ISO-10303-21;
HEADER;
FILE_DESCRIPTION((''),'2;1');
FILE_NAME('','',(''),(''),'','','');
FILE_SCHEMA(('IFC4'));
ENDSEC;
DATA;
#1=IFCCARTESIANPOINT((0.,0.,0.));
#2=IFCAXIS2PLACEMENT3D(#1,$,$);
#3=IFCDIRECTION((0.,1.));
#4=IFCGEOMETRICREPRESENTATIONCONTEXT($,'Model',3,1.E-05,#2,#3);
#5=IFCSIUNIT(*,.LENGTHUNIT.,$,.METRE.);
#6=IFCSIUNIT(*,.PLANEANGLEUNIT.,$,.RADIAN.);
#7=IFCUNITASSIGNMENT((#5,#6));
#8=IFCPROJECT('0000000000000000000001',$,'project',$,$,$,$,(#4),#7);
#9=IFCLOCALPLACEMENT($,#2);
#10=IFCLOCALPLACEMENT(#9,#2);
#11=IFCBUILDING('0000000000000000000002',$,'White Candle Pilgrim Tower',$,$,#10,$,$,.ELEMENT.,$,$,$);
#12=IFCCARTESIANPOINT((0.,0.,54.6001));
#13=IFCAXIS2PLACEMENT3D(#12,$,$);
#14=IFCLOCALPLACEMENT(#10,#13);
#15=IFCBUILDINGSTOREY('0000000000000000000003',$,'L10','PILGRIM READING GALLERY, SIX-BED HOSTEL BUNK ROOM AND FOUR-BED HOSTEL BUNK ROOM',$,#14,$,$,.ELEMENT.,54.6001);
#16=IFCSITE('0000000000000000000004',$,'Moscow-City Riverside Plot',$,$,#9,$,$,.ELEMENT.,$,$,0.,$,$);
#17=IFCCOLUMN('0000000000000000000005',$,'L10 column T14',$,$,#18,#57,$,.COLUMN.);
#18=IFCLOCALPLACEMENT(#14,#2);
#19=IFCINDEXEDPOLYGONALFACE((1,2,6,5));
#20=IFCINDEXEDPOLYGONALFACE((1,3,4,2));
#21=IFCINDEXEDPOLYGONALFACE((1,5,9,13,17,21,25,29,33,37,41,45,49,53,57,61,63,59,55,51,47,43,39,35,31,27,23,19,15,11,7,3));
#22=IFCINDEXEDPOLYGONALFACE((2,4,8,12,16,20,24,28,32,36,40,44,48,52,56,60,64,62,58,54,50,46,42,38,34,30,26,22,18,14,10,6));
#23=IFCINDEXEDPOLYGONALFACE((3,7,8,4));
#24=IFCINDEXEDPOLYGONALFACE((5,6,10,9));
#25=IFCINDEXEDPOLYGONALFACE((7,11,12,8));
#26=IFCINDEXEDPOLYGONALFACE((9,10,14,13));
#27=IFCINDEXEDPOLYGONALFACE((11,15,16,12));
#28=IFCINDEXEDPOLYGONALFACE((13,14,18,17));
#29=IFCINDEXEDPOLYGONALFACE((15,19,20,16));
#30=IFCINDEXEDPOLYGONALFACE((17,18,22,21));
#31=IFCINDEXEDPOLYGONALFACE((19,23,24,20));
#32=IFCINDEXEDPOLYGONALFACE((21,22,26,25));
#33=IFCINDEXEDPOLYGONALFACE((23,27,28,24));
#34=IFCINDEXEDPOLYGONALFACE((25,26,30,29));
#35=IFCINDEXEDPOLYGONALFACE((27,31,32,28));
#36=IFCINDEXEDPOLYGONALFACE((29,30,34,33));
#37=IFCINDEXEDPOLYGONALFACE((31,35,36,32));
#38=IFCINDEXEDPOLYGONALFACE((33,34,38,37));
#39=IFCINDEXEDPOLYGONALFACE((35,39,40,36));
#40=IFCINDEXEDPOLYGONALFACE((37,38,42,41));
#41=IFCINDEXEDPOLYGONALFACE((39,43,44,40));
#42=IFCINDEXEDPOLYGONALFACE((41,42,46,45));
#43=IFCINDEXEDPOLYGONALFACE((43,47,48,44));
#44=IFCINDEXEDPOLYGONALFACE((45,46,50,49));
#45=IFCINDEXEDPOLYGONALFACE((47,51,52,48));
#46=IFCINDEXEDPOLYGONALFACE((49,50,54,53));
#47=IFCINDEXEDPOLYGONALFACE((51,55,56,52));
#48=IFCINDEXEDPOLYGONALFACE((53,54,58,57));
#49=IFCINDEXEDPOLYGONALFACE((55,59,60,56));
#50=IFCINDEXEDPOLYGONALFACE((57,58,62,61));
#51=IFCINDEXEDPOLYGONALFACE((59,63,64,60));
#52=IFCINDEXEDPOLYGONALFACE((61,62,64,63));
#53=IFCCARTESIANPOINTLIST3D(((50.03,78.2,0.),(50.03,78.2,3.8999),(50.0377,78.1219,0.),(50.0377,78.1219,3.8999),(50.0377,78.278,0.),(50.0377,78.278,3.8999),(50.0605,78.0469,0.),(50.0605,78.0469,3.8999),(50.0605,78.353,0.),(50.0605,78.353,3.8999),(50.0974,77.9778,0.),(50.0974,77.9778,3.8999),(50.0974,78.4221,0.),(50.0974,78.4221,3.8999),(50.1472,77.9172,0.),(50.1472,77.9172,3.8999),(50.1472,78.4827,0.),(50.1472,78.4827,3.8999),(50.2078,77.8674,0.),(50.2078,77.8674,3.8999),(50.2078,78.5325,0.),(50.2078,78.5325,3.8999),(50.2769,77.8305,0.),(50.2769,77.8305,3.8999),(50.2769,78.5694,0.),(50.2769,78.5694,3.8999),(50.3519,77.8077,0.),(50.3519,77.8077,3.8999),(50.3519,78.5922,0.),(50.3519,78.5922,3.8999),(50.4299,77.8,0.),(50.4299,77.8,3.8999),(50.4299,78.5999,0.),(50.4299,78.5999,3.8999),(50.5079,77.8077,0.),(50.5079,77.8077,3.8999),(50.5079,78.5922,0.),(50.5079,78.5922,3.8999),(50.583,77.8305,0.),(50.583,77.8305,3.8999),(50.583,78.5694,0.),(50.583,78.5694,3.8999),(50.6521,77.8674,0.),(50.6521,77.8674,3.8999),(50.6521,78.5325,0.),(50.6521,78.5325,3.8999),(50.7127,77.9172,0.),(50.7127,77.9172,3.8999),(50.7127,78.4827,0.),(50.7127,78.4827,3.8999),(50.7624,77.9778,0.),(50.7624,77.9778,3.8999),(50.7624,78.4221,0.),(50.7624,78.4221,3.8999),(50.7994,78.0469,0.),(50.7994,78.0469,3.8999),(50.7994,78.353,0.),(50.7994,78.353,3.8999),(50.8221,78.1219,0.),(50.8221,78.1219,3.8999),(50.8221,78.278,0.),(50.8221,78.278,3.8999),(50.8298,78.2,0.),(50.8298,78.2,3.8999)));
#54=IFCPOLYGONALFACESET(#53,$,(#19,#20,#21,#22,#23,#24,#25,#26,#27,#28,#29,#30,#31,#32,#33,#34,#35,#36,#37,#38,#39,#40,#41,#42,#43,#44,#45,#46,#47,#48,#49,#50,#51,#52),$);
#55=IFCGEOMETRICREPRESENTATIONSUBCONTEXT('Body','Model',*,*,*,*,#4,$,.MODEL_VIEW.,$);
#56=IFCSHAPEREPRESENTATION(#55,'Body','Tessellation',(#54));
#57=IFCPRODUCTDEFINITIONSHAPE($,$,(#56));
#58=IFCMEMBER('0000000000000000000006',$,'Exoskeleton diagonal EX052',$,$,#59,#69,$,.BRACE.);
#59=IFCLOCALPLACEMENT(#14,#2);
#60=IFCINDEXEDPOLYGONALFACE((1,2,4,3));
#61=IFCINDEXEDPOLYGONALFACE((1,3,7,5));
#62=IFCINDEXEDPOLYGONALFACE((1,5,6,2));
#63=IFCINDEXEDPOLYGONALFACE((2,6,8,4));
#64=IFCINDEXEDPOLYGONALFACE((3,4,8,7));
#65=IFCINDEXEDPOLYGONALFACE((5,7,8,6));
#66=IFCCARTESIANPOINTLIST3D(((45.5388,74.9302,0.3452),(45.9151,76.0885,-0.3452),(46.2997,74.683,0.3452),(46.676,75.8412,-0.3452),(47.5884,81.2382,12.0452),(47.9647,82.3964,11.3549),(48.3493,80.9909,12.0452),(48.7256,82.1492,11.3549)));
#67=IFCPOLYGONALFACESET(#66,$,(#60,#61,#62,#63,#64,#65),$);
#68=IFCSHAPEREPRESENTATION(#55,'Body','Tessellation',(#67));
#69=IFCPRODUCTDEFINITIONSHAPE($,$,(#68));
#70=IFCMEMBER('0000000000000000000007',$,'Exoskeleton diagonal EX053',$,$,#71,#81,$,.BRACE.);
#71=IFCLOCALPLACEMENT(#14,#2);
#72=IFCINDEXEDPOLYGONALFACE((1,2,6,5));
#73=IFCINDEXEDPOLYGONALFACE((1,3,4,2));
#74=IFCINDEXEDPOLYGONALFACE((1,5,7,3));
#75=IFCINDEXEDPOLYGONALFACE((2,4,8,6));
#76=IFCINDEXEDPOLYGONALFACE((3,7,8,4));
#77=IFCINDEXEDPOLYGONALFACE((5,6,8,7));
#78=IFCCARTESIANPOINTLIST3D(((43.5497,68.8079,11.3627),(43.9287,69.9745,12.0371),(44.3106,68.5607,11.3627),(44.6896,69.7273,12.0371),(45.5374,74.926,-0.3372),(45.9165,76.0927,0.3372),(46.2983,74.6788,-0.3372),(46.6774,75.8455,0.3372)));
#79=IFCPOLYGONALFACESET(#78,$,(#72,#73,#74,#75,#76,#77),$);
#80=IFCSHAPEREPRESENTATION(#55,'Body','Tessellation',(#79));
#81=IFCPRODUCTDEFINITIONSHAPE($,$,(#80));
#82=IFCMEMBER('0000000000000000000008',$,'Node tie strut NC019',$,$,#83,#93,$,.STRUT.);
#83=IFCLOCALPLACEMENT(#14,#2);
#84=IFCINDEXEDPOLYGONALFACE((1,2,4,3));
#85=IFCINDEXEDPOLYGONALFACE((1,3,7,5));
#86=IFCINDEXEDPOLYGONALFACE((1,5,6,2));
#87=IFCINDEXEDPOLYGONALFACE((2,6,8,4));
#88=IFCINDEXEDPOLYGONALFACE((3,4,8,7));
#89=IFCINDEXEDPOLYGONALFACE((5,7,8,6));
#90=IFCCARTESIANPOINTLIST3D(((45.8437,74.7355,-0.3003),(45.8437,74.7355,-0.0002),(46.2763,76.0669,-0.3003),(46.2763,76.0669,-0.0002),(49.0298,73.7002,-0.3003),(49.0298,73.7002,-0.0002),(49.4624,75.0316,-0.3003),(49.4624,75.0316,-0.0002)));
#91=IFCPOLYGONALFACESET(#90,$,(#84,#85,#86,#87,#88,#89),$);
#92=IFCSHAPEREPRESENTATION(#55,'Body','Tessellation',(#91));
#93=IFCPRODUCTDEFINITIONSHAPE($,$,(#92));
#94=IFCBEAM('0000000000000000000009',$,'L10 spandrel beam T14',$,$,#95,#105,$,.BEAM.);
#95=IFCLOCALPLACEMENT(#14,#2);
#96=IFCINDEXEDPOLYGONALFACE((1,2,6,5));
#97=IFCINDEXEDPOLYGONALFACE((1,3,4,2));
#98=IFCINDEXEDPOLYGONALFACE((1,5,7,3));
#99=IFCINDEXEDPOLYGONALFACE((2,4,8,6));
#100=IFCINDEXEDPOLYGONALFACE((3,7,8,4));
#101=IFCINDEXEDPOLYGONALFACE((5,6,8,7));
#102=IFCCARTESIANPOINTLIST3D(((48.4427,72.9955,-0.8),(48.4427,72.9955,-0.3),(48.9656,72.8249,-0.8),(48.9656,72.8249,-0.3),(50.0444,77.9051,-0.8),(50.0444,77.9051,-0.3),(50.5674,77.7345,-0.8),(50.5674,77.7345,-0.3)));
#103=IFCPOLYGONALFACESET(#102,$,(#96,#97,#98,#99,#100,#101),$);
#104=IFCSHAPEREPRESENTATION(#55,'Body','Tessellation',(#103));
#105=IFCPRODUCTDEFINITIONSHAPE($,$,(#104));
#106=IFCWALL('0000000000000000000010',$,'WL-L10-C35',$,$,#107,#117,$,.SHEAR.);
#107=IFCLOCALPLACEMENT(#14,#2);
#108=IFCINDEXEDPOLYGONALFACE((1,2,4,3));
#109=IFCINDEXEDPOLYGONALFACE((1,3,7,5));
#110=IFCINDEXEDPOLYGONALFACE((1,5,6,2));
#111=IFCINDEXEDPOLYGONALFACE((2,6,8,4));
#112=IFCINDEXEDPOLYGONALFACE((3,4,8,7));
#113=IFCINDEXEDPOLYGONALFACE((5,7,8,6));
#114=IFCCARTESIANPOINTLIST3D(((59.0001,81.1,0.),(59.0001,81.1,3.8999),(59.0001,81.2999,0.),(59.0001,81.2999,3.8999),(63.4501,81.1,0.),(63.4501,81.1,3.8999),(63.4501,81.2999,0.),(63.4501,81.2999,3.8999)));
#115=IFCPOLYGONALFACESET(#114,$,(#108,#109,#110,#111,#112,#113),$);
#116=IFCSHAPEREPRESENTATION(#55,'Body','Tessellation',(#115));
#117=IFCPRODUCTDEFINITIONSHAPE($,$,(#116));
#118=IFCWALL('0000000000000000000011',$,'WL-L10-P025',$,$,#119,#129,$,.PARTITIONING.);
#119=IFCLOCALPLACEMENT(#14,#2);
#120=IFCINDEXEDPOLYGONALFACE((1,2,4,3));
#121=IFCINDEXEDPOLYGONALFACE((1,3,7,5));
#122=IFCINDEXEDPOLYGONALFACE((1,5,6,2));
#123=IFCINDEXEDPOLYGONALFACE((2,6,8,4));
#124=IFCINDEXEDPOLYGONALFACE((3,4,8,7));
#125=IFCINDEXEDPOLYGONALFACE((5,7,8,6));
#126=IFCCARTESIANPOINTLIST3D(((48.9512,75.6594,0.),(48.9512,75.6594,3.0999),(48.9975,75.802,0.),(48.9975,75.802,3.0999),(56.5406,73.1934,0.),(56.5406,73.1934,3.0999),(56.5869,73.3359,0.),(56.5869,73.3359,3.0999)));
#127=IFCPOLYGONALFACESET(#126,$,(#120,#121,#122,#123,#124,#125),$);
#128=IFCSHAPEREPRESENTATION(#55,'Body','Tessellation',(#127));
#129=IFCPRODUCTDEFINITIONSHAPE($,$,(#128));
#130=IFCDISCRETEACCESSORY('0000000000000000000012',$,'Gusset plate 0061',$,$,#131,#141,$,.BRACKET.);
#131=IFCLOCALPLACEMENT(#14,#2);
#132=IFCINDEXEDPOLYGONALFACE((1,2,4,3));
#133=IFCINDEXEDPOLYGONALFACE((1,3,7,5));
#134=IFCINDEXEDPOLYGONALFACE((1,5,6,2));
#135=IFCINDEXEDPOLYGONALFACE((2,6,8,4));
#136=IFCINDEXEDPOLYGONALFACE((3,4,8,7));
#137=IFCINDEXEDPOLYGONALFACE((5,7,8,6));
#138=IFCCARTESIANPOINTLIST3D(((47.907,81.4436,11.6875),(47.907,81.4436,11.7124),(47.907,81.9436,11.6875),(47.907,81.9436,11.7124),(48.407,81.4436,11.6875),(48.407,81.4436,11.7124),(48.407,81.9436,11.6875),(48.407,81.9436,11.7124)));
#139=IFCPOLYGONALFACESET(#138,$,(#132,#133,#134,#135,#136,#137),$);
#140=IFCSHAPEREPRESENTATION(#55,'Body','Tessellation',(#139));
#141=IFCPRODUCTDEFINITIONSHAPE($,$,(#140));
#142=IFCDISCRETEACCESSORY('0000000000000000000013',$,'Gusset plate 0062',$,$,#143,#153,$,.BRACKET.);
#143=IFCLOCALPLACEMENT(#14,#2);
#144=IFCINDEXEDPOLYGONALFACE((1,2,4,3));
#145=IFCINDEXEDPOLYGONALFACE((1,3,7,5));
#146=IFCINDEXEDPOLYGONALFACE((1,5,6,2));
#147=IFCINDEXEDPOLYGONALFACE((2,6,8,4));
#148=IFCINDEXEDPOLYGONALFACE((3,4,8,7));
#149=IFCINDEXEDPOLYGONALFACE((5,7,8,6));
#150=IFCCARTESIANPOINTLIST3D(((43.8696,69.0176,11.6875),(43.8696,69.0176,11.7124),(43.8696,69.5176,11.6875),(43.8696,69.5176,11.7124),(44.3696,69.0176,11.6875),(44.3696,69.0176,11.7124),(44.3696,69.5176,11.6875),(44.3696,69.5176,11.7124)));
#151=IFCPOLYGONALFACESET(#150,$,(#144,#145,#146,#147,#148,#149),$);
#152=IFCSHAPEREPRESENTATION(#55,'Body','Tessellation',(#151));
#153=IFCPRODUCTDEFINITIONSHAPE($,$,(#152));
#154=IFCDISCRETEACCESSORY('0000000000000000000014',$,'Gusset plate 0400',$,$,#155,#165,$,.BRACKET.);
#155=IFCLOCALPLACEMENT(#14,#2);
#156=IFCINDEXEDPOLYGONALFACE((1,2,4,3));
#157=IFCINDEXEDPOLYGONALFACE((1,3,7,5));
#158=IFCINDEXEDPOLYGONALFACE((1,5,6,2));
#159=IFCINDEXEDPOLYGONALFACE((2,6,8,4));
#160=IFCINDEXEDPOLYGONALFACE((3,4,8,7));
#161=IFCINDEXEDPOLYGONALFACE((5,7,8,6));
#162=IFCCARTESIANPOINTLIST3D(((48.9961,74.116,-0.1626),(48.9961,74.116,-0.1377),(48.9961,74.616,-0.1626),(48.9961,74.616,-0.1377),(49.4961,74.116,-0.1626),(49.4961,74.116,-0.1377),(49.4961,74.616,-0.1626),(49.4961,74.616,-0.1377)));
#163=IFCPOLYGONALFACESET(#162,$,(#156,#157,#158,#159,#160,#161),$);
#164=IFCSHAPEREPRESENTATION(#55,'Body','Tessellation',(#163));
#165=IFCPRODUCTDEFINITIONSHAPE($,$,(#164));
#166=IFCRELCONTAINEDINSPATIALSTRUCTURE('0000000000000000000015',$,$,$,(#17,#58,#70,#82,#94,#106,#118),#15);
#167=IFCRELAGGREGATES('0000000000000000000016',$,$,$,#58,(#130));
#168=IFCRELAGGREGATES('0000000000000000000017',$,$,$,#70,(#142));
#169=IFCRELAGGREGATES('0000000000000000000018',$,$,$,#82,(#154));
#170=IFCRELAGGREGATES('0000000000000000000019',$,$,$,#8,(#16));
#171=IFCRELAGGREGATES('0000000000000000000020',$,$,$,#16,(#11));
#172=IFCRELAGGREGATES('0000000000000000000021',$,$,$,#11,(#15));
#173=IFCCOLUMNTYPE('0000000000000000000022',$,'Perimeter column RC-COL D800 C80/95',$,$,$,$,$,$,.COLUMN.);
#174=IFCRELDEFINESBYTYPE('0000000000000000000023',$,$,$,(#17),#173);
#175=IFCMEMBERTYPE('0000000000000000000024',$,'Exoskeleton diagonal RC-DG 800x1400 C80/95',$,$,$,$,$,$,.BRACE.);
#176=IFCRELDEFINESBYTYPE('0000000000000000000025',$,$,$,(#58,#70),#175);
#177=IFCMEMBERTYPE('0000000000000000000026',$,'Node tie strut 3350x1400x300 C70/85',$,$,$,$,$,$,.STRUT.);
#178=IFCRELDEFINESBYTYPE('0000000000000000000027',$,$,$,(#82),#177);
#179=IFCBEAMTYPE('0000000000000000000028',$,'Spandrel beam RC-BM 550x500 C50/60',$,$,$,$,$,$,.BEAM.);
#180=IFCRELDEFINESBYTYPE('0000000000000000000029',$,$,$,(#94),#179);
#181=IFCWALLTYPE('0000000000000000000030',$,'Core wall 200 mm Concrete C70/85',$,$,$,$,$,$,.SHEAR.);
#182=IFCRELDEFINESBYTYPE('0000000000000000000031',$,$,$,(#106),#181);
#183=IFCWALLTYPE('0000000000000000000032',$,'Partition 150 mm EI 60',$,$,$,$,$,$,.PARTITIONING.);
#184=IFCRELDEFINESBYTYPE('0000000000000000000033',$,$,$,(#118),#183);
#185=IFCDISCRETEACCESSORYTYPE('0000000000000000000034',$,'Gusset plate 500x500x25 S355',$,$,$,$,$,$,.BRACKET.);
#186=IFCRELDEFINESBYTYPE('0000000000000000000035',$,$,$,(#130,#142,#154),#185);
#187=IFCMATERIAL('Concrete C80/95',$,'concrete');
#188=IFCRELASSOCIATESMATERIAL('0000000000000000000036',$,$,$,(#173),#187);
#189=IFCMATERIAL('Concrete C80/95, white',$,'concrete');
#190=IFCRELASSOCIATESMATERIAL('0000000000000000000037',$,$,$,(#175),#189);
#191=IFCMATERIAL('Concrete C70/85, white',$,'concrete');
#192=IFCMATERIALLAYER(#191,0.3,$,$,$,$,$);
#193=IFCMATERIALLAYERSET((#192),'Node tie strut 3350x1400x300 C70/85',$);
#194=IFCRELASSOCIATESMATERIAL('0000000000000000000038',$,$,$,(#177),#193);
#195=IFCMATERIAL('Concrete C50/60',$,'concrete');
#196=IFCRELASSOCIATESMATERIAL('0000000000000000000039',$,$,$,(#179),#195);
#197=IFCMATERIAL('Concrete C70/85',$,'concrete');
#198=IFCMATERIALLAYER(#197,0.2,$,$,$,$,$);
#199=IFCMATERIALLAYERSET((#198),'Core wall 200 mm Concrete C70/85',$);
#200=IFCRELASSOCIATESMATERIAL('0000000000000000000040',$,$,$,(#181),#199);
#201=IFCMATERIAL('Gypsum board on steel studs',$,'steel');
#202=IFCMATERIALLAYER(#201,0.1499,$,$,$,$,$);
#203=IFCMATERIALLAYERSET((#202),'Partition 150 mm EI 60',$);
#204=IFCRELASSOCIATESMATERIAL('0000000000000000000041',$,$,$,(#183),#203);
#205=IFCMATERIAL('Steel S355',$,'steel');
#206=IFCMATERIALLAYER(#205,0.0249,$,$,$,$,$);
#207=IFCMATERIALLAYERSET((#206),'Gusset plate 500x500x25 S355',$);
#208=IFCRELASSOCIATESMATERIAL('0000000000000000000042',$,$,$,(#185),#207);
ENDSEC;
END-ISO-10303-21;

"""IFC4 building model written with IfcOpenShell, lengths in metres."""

from ifc_helpers import new_model, si_unit, direction, frame, frame_2d, origin, origin_2d, place, context, subcontext, project, spatial, rectangle, circle, extrude, material, layer, layer_set, material_profile, profile_set, type_object, element, aggregate, save


model = new_model("IFC4")

# Units and contexts
model_context = context("Model", 3, precision=1e-05, world=origin(), true_north=direction((0.0, 1.0)))
body_context = subcontext(model_context, "Body", "Model", "MODEL_VIEW")
ifc_project = project(units=[si_unit("LENGTHUNIT", "METRE"), si_unit("PLANEANGLEUNIT", "RADIAN")], contexts=[model_context])

# Site, building, storey
site_placement = place(None, origin())
site = spatial("IfcSite", under=ifc_project, at=site_placement, Name="Moscow-City Riverside Plot", CompositionType="ELEMENT", RefElevation=0.0)
building_placement = place(site_placement, origin())
building = spatial("IfcBuilding", under=site, at=building_placement, Name="White Candle Pilgrim Tower", CompositionType="ELEMENT")
storey_placement = place(building_placement, frame((0.0, 0.0, 54.6001)))
storey = spatial("IfcBuildingStorey", under=building, at=storey_placement, Name="L10", Description="PILGRIM READING GALLERY, SIX-BED HOSTEL BUNK ROOM AND FOUR-BED HOSTEL BUNK ROOM", CompositionType="ELEMENT", Elevation=54.6001)

# Column
ifc_material_1 = material(Name="Concrete C80/95", Category="concrete")
ifc_material_profile_1 = material_profile(ifc_material_1, circle(Radius=0.3999, at=origin_2d()), Name="RC-COL D800")
ifc_profile_set_1 = profile_set([ifc_material_profile_1], Name="Concrete C80/95")
column_type = type_object("IfcColumnType", Name="Perimeter column RC-COL D800 C80/95", PredefinedType="COLUMN", material=ifc_profile_set_1)
column_placement = place(storey_placement, frame((50.4299, 78.2, 0.0), z_axis=(0.0, 0.0, 1.0), x_axis=(1.0, 0.0, 0.0)))
element("IfcColumn", 1, at=column_placement, inside=storey, type_object=column_type, Name="L10 column T14", PredefinedType="COLUMN", context=body_context, shape_type="SweptSolid", body=[
    extrude(circle(Radius=0.3999, at=origin_2d()), origin(), (0.0, 0.0, 1.0), 3.8999),
])

# Members
ifc_material_2 = material(Name="Concrete C80/95, white", Category="concrete")
ifc_material_profile_2 = material_profile(ifc_material_2, rectangle(XDim=0.8, YDim=1.3999, at=origin_2d()), Name="RC-DG 800x1400")
ifc_profile_set_2 = profile_set([ifc_material_profile_2], Name="Concrete C80/95, white")
member_type_1 = type_object("IfcMemberType", Name="Exoskeleton diagonal RC-DG 800x1400 C80/95", PredefinedType="BRACE", material=ifc_profile_set_2)
member_1_placement = place(storey_placement, frame((46.1074, 75.3857, 0.0), z_axis=(0.152394, 0.469017, 0.869942), x_axis=(-0.951056, 0.309019, 0.0)))
member_1 = element("IfcMember", 2, at=member_1_placement, inside=storey, type_object=member_type_1, Name="Exoskeleton diagonal EX052", PredefinedType="BRACE", context=body_context, shape_type="SweptSolid", body=[
    extrude(rectangle(XDim=0.8, YDim=1.3999, at=origin_2d()), origin(), (0.0, 0.0, 1.0), 13.4492),
])
member_2_placement = place(storey_placement, frame((46.1074, 75.3857, 0.0), z_axis=(-0.148878, -0.458226, 0.876279), x_axis=(0.951062, -0.309, 0.0)))
member_2 = element("IfcMember", 3, at=member_2_placement, inside=storey, type_object=member_type_1, Name="Exoskeleton diagonal EX053", PredefinedType="BRACE", context=body_context, shape_type="SweptSolid", body=[
    extrude(rectangle(XDim=0.8, YDim=1.3999, at=origin_2d()), origin(), (0.0, 0.0, 1.0), 13.3518),
])
ifc_material_3 = material(Name="Concrete C70/85, white", Category="concrete")
ifc_layer_1 = layer(ifc_material_3, 0.3)
ifc_layer_set_1 = layer_set([ifc_layer_1], Name="Node tie strut 3350x1400x300 C70/85")
member_type_2 = type_object("IfcMemberType", Name="Node tie strut 3350x1400x300 C70/85", PredefinedType="STRUT", material=ifc_layer_set_1)
member_3_placement = place(storey_placement, frame((47.6531, 74.8835, -0.3003), z_axis=(0.0, 0.0, 1.0), x_axis=(-0.309017, -0.951057, 0.0)))
member_3 = element("IfcMember", 4, at=member_3_placement, inside=storey, type_object=member_type_2, Name="Node tie strut NC019", PredefinedType="STRUT", context=body_context, shape_type="SweptSolid", body=[
    extrude(rectangle(XDim=1.3999, YDim=3.3501, at=origin_2d()), origin(), (0.0, 0.0, 1.0), 0.3),
])

# Beam
ifc_material_4 = material(Name="Concrete C50/60", Category="concrete")
ifc_material_profile_3 = material_profile(ifc_material_4, rectangle(XDim=0.55, YDim=0.5, at=origin_2d()), Name="RC-BM 550x500")
ifc_profile_set_3 = profile_set([ifc_material_profile_3], Name="Concrete C50/60")
beam_type = type_object("IfcBeamType", Name="Spandrel beam RC-BM 550x500 C50/60", PredefinedType="BEAM", material=ifc_profile_set_3)
beam_placement = place(storey_placement, frame((50.3059, 77.8198, -0.55), z_axis=(-0.310166, -0.950683, 0.0), x_axis=(0.950683, -0.310166, 0.0)))
element("IfcBeam", 5, at=beam_placement, inside=storey, type_object=beam_type, Name="L10 spandrel beam T14", PredefinedType="BEAM", context=body_context, shape_type="SweptSolid", body=[
    extrude(rectangle(XDim=0.55, YDim=0.5, at=origin_2d()), origin(), (0.0, 0.0, 1.0), 5.1643),
])

# Walls
ifc_material_5 = material(Name="Concrete C70/85", Category="concrete")
ifc_layer_2 = layer(ifc_material_5, 0.2)
ifc_layer_set_2 = layer_set([ifc_layer_2], Name="Core wall 200 mm Concrete C70/85")
wall_type_1 = type_object("IfcWallType", Name="Core wall 200 mm Concrete C70/85", PredefinedType="SHEAR", material=ifc_layer_set_2)
wall_1_placement = place(storey_placement, frame((59.0, 81.2, 0.0), z_axis=(0.0, 0.0, 1.0), x_axis=(1.0, 0.0, 0.0)))
element("IfcWall", 6, at=wall_1_placement, inside=storey, type_object=wall_type_1, Name="WL-L10-C35", PredefinedType="SHEAR", context=body_context, shape_type="SweptSolid", body=[
    extrude(rectangle(XDim=4.45, YDim=0.2, at=frame_2d((2.2251, 0.0))), origin(), (0.0, 0.0, 1.0), 3.8999),
])
ifc_material_6 = material(Name="Gypsum board on steel studs", Category="steel")
ifc_layer_3 = layer(ifc_material_6, 0.1499)
ifc_layer_set_3 = layer_set([ifc_layer_3], Name="Partition 150 mm EI 60")
wall_type_2 = type_object("IfcWallType", Name="Partition 150 mm EI 60", PredefinedType="PARTITIONING", material=ifc_layer_set_3)
wall_2_placement = place(storey_placement, frame((48.9744, 75.7307, 0.0), z_axis=(0.0, 0.0, 1.0), x_axis=(0.951052, -0.309032, 0.0)))
element("IfcWall", 7, at=wall_2_placement, inside=storey, type_object=wall_type_2, Name="WL-L10-P025", PredefinedType="PARTITIONING", context=body_context, shape_type="SweptSolid", body=[
    extrude(rectangle(XDim=7.98, YDim=0.1499, at=frame_2d((3.99, 0.0))), origin(), (0.0, 0.0, 1.0), 3.0999),
])

# Discrete accessories
ifc_material_7 = material(Name="Steel S355", Category="steel")
ifc_layer_4 = layer(ifc_material_7, 0.0249)
ifc_layer_set_4 = layer_set([ifc_layer_4], Name="Gusset plate 500x500x25 S355")
discrete_accessory_type = type_object("IfcDiscreteAccessoryType", Name="Gusset plate 500x500x25 S355", PredefinedType="BRACKET", material=ifc_layer_set_4)
placement = place(building_placement, frame((0.0, 0.0, 66.3)))
discrete_accessory_1_placement = place(placement, frame((48.157, 81.6936, -0.0125), z_axis=(0.0, 0.0, 1.0), x_axis=(1.0, 0.0, 0.0)))
discrete_accessory_1 = element("IfcDiscreteAccessory", 8, at=discrete_accessory_1_placement, type_object=discrete_accessory_type, Name="Gusset plate 0061", PredefinedType="BRACKET", context=body_context, shape_type="SweptSolid", body=[
    extrude(rectangle(XDim=0.5, YDim=0.5, at=origin_2d()), origin(), (0.0, 0.0, 1.0), 0.0249),
])
aggregate(member_1, [discrete_accessory_1])
discrete_accessory_2_placement = place(placement, frame((44.1196, 69.2676, -0.0125), z_axis=(0.0, 0.0, 1.0), x_axis=(1.0, 0.0, 0.0)))
discrete_accessory_2 = element("IfcDiscreteAccessory", 9, at=discrete_accessory_2_placement, type_object=discrete_accessory_type, Name="Gusset plate 0062", PredefinedType="BRACKET", context=body_context, shape_type="SweptSolid", body=[
    extrude(rectangle(XDim=0.5, YDim=0.5, at=origin_2d()), origin(), (0.0, 0.0, 1.0), 0.0249),
])
aggregate(member_2, [discrete_accessory_2])
discrete_accessory_3_placement = place(storey_placement, frame((49.2461, 74.366, -0.1626), z_axis=(0.0, 0.0, 1.0), x_axis=(1.0, 0.0, 0.0)))
discrete_accessory_3 = element("IfcDiscreteAccessory", 10, at=discrete_accessory_3_placement, type_object=discrete_accessory_type, Name="Gusset plate 0400", PredefinedType="BRACKET", context=body_context, shape_type="SweptSolid", body=[
    extrude(rectangle(XDim=0.5, YDim=0.5, at=origin_2d()), origin(), (0.0, 0.0, 1.0), 0.0249),
])
aggregate(member_3, [discrete_accessory_3])

save(model, "model.ifc")
